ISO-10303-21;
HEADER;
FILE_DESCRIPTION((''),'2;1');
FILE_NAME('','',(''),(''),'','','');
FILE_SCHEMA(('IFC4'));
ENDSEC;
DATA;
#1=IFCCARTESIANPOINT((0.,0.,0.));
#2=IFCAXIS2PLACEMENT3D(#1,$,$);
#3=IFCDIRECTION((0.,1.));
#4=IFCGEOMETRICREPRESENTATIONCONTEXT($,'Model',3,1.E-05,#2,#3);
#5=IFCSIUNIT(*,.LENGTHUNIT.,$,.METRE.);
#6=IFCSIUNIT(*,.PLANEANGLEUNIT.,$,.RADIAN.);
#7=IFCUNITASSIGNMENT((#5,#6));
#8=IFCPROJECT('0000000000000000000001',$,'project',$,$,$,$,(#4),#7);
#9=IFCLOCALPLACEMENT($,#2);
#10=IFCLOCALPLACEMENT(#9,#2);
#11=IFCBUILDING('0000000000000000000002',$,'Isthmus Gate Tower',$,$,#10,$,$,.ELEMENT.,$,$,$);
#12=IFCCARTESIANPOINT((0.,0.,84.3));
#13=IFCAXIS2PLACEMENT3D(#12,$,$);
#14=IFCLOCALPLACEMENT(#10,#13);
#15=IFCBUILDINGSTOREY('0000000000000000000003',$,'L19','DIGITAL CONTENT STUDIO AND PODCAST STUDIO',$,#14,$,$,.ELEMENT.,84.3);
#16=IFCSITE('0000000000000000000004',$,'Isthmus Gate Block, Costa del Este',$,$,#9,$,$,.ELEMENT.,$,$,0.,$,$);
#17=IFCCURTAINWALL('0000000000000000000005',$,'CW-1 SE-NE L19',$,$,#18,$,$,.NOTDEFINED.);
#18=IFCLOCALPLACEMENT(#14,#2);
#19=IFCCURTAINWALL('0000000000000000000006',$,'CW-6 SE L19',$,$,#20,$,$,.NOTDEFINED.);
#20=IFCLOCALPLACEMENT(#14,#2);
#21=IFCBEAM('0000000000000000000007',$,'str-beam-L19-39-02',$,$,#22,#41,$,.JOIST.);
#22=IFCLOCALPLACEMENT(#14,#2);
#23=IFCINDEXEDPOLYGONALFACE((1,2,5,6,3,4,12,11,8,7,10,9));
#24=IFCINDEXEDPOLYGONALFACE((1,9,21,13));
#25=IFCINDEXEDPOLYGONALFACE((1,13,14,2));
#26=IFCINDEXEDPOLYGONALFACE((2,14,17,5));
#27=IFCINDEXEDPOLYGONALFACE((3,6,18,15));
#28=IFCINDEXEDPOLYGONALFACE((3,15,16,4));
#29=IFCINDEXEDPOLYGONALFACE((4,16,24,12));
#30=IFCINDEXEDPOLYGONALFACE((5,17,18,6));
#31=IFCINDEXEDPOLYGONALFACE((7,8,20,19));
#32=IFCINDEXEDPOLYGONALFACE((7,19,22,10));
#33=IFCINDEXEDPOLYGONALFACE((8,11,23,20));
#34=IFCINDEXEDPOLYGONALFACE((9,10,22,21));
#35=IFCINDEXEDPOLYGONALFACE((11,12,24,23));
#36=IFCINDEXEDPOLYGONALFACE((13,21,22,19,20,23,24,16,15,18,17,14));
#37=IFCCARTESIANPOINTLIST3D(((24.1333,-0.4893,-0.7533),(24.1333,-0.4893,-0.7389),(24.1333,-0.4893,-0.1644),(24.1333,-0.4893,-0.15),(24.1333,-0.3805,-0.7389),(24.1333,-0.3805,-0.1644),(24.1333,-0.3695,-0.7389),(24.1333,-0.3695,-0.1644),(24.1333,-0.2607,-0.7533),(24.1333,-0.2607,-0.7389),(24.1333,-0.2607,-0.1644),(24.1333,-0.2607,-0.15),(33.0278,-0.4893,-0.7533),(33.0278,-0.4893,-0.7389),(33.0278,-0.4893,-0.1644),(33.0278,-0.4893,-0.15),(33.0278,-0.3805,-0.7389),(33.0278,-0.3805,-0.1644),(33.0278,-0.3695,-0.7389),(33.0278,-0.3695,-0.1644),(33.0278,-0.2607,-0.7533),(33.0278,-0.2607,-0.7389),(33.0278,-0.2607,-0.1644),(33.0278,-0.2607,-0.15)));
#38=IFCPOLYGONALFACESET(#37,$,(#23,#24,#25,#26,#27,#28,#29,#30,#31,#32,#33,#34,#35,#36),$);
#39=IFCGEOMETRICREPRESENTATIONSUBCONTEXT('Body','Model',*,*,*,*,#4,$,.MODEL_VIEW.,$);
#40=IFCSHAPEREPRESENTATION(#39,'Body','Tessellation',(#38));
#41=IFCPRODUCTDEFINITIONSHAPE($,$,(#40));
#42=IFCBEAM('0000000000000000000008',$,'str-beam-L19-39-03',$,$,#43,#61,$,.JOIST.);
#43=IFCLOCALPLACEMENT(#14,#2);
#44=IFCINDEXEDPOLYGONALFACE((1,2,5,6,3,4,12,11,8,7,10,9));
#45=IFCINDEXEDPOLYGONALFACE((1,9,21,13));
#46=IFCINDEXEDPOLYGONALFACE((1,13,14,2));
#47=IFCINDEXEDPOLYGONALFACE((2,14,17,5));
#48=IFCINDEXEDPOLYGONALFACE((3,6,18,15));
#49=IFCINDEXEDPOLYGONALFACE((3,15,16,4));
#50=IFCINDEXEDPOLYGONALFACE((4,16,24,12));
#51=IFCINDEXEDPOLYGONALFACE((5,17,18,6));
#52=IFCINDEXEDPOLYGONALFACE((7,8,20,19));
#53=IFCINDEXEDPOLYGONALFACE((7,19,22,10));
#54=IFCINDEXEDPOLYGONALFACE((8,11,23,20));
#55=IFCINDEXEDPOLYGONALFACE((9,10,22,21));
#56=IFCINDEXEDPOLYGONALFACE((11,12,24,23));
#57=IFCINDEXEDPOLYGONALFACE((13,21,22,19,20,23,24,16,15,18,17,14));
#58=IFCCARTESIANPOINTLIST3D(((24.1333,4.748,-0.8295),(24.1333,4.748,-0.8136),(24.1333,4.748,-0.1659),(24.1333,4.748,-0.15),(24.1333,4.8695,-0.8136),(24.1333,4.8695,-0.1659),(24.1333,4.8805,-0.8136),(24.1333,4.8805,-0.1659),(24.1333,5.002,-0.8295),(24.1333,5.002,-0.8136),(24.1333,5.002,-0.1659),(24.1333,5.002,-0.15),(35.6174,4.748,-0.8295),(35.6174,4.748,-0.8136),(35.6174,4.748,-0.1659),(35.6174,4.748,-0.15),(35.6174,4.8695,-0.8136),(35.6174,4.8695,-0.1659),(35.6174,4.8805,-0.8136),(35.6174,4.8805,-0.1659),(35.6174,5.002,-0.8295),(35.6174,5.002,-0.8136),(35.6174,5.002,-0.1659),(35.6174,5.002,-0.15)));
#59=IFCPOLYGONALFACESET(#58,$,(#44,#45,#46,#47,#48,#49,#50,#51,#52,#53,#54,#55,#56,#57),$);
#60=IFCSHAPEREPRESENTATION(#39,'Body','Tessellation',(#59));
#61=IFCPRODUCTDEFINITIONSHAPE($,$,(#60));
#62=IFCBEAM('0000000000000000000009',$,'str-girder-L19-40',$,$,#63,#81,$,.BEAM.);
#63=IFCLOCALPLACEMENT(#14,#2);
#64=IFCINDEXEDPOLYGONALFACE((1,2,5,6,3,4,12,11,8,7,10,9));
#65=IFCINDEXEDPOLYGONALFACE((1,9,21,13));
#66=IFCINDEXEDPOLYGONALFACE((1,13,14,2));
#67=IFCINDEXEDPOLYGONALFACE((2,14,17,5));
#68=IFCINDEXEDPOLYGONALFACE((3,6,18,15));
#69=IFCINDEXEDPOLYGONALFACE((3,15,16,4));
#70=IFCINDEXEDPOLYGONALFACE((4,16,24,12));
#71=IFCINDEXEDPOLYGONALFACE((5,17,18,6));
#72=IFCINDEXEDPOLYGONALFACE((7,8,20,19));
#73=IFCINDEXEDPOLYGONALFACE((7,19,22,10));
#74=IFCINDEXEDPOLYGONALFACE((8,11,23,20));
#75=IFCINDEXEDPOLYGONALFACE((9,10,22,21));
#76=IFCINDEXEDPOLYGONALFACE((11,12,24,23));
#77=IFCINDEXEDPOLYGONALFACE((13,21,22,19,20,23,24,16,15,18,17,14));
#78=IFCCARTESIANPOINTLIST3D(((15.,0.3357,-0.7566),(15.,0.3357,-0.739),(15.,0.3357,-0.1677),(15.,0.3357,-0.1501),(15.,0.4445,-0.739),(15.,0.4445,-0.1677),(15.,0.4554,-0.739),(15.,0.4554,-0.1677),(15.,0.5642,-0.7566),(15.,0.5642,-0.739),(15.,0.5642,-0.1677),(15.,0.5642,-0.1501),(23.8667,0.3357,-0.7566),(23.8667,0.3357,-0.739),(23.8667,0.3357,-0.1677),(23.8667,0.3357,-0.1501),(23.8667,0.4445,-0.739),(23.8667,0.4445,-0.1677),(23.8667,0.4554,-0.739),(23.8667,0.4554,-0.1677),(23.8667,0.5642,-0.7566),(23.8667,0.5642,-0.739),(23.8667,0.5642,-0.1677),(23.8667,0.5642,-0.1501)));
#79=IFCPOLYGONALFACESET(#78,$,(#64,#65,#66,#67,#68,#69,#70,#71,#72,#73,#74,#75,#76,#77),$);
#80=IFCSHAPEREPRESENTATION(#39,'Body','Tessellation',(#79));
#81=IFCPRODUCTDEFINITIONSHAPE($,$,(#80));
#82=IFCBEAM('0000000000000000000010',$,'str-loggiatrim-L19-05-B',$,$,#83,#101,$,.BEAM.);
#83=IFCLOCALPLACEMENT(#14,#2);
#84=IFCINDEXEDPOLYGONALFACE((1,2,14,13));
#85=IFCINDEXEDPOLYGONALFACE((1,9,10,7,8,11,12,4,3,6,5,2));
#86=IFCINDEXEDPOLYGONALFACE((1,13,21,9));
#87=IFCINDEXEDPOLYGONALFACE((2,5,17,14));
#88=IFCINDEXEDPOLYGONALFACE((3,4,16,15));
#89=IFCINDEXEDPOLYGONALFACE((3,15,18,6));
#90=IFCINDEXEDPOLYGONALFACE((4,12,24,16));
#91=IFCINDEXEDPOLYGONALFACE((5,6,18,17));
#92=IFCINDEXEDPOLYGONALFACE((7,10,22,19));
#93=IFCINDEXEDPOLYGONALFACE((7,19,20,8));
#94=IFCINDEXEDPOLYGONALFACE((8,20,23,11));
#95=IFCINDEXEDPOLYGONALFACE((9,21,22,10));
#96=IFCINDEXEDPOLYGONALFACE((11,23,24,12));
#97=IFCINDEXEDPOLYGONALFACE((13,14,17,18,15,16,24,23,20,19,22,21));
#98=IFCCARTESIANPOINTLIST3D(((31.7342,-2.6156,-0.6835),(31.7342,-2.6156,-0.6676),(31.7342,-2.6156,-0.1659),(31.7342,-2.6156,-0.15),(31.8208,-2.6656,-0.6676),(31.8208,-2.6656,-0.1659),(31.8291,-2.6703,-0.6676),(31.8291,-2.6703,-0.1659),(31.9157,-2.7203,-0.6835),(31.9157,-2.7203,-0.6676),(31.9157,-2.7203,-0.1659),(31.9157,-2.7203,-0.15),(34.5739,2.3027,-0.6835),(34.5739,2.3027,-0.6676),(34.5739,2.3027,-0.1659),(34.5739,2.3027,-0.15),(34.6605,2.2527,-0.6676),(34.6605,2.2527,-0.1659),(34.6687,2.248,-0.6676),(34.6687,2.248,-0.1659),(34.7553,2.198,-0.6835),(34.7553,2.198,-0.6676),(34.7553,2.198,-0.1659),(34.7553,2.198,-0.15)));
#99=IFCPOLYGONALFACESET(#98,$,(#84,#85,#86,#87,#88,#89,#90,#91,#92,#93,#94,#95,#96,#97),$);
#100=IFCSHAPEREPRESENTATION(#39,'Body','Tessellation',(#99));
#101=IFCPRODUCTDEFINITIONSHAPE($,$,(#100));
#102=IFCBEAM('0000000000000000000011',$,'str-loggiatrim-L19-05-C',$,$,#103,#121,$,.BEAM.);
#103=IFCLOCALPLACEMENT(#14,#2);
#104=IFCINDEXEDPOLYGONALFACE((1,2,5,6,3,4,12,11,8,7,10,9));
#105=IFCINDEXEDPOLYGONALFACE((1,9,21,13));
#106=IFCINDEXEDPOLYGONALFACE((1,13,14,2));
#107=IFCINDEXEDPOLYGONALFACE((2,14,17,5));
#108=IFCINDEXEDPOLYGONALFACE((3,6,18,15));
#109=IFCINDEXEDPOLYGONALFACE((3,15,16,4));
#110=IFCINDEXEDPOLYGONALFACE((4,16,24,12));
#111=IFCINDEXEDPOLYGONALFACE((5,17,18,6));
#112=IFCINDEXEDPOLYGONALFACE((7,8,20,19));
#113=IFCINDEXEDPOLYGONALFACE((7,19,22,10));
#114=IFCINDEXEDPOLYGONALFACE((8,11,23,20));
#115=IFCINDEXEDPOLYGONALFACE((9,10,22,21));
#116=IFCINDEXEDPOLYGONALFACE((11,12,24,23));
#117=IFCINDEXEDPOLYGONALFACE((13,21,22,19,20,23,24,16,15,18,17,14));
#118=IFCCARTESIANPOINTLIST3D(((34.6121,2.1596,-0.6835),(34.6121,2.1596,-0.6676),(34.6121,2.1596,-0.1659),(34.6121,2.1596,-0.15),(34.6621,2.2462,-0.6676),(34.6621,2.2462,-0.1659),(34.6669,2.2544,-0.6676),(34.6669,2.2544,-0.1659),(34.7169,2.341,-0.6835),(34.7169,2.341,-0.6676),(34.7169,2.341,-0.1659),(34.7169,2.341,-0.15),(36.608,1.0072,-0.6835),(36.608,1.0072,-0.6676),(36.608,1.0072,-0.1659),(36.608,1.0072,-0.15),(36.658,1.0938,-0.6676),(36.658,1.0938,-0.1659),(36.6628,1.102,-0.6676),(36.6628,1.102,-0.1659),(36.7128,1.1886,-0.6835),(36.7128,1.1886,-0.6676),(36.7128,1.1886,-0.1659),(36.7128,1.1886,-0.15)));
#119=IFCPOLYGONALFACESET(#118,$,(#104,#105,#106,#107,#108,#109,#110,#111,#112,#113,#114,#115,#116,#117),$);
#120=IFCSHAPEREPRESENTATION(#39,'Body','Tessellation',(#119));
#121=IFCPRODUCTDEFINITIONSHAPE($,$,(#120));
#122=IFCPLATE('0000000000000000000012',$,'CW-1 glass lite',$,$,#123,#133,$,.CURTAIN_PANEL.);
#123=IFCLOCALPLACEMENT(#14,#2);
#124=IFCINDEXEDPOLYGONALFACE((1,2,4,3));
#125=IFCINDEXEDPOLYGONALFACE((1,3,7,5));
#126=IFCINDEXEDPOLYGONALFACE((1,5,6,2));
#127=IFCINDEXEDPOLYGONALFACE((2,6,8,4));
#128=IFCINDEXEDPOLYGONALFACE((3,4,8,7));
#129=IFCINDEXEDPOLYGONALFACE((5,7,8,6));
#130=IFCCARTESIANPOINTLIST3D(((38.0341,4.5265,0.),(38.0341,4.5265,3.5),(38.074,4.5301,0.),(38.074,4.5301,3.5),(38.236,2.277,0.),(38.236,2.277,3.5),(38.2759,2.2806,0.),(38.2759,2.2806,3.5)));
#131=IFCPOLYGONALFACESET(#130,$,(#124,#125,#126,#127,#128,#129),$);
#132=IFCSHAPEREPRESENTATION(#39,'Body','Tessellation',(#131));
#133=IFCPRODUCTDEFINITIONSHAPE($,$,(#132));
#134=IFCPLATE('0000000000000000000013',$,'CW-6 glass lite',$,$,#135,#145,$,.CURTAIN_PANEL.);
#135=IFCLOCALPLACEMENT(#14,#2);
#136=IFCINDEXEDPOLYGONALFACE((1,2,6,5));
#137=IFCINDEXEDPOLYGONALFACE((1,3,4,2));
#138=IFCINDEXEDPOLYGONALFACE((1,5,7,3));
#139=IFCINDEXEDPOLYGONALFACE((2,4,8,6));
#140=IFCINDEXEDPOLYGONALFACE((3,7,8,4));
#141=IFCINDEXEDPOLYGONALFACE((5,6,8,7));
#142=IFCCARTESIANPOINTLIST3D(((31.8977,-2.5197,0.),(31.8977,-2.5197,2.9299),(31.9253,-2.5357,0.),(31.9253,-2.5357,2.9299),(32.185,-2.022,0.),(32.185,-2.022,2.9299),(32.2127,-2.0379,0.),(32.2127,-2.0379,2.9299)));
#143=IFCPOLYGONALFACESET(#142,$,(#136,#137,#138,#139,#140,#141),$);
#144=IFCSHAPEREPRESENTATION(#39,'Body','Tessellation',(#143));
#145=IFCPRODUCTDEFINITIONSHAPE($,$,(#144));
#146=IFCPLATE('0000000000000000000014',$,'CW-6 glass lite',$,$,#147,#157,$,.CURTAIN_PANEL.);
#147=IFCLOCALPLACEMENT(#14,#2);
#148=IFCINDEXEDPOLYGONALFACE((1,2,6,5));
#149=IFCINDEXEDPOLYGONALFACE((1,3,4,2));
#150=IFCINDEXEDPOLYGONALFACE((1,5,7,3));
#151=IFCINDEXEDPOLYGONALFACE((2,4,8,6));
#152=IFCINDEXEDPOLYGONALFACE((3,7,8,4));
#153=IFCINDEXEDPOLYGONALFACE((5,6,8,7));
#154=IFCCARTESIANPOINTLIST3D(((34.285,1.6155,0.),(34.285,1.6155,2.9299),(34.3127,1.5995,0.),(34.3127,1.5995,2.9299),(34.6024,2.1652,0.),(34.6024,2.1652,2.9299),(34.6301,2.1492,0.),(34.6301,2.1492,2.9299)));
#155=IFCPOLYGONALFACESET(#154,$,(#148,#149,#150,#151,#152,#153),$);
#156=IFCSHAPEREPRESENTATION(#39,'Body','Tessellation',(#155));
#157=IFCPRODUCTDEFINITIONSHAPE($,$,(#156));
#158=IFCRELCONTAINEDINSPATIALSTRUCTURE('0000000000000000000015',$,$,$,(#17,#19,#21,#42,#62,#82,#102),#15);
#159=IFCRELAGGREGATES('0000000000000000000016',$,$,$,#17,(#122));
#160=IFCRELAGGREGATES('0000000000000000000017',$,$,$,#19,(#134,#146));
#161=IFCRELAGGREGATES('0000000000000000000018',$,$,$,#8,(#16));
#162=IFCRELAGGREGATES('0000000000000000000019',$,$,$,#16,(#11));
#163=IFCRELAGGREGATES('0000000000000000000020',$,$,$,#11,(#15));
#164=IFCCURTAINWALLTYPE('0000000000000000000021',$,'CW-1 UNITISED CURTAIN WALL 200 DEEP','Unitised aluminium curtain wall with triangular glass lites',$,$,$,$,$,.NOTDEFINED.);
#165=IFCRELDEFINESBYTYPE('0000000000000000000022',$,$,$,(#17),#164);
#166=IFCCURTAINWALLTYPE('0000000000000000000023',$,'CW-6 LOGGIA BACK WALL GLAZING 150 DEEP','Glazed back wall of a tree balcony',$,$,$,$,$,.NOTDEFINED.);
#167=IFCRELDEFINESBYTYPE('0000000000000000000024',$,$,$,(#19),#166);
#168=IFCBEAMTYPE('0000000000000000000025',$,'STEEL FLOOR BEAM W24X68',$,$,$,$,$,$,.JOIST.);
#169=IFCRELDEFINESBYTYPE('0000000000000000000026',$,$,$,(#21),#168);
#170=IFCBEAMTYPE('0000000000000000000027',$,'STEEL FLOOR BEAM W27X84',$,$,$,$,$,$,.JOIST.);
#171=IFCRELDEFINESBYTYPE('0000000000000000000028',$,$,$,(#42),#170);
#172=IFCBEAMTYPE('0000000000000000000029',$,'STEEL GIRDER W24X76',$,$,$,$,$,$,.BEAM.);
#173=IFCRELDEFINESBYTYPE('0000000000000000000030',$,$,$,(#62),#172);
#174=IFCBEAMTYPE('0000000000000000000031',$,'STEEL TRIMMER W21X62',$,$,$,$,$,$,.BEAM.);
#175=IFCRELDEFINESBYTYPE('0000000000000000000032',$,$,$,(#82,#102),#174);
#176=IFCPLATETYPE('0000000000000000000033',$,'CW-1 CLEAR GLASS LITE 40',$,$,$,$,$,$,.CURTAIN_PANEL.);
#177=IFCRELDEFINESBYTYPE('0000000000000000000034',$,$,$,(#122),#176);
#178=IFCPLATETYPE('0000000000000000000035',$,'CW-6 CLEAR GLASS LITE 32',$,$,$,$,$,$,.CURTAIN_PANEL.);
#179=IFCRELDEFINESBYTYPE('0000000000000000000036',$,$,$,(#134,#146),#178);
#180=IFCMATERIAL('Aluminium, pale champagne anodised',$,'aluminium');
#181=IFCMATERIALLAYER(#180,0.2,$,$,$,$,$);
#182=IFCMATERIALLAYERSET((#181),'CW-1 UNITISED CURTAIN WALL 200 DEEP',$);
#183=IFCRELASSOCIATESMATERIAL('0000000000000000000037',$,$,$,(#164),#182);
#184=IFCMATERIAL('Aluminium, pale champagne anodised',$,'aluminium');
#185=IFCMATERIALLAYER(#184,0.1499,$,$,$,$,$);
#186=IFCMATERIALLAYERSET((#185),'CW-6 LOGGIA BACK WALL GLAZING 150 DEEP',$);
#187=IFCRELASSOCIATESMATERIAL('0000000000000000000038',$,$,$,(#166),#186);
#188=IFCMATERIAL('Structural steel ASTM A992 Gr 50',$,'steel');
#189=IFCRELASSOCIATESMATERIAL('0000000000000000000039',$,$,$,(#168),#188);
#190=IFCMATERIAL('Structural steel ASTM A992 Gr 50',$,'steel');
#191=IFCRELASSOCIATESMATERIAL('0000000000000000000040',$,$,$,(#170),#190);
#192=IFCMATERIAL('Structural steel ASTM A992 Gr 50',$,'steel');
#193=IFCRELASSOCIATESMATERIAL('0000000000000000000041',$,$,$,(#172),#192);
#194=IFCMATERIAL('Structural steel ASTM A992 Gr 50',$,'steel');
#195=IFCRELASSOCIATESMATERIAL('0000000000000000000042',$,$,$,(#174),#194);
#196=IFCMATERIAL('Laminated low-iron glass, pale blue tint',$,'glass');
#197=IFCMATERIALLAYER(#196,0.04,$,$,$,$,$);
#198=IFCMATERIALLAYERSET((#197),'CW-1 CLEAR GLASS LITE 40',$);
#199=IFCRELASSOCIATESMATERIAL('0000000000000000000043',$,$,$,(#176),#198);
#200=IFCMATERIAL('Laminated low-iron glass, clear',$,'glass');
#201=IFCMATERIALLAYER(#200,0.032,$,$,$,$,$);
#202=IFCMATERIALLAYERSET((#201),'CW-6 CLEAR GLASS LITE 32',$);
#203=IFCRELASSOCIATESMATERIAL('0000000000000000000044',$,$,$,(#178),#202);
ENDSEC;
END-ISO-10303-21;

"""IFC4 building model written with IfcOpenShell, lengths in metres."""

from ifc_helpers import new_model, si_unit, direction, frame, origin, origin_2d, place, context, subcontext, project, spatial, rectangle, i_section, extrude, material, layer, layer_set, material_profile, profile_set, type_object, element, aggregate, save


model = new_model("IFC4")

# Units and contexts
model_context = context("Model", 3, precision=1e-05, world=origin(), true_north=direction((0.0, 1.0)))
body_context = subcontext(model_context, "Body", "Model", "MODEL_VIEW")
ifc_project = project(units=[si_unit("LENGTHUNIT", "METRE"), si_unit("PLANEANGLEUNIT", "RADIAN")], contexts=[model_context])

# Site, building, storey
site_placement = place(None, origin())
site = spatial("IfcSite", under=ifc_project, at=site_placement, Name="Isthmus Gate Block, Costa del Este", CompositionType="ELEMENT", RefElevation=0.0)
building_placement = place(site_placement, origin())
building = spatial("IfcBuilding", under=site, at=building_placement, Name="Isthmus Gate Tower", CompositionType="ELEMENT")
storey_placement = place(building_placement, frame((0.0, 0.0, 84.3)))
storey = spatial("IfcBuildingStorey", under=building, at=storey_placement, Name="L19", Description="DIGITAL CONTENT STUDIO AND PODCAST STUDIO", CompositionType="ELEMENT", Elevation=84.3)

# Curtain walls
ifc_material_1 = material(Name="Aluminium, pale champagne anodised", Category="aluminium")
ifc_layer_1 = layer(ifc_material_1, 0.2)
ifc_layer_set_1 = layer_set([ifc_layer_1], Name="CW-1 UNITISED CURTAIN WALL 200 DEEP")
curtain_wall_type_1 = type_object("IfcCurtainWallType", Name="CW-1 UNITISED CURTAIN WALL 200 DEEP", Description="Unitised aluminium curtain wall with triangular glass lites", PredefinedType="NOTDEFINED", material=ifc_layer_set_1)
curtain_wall_1_placement = place(storey_placement, origin())
curtain_wall_1 = element("IfcCurtainWall", 1, at=curtain_wall_1_placement, inside=storey, type_object=curtain_wall_type_1, Name="CW-1 SE-NE L19", PredefinedType="NOTDEFINED")
ifc_material_2 = material(Name="Aluminium, pale champagne anodised", Category="aluminium")
ifc_layer_2 = layer(ifc_material_2, 0.1499)
ifc_layer_set_2 = layer_set([ifc_layer_2], Name="CW-6 LOGGIA BACK WALL GLAZING 150 DEEP")
curtain_wall_type_2 = type_object("IfcCurtainWallType", Name="CW-6 LOGGIA BACK WALL GLAZING 150 DEEP", Description="Glazed back wall of a tree balcony", PredefinedType="NOTDEFINED", material=ifc_layer_set_2)
curtain_wall_2_placement = place(storey_placement, origin())
curtain_wall_2 = element("IfcCurtainWall", 2, at=curtain_wall_2_placement, inside=storey, type_object=curtain_wall_type_2, Name="CW-6 SE L19", PredefinedType="NOTDEFINED")

# Beams
ifc_material_3 = material(Name="Structural steel ASTM A992 Gr 50", Category="steel")
ifc_material_profile_1 = material_profile(ifc_material_3, i_section(OverallWidth=0.2285, OverallDepth=0.6033, WebThickness=0.011, FlangeThickness=0.0144, at=origin_2d()), Name="W24X68")
ifc_profile_set_1 = profile_set([ifc_material_profile_1], Name="Structural steel ASTM A992 Gr 50")
beam_type_1 = type_object("IfcBeamType", Name="STEEL FLOOR BEAM W24X68", PredefinedType="JOIST", material=ifc_profile_set_1)
beam_1_placement = place(storey_placement, frame((24.1333, -0.375, -0.4517), z_axis=(1.0, 0.0, 0.0), x_axis=(0.0, 1.0, 0.0)))
element("IfcBeam", 3, at=beam_1_placement, inside=storey, type_object=beam_type_1, Name="str-beam-L19-39-02", PredefinedType="JOIST", context=body_context, shape_type="SweptSolid", body=[
    extrude(i_section(OverallWidth=0.2285, OverallDepth=0.6033, WebThickness=0.011, FlangeThickness=0.0144, at=origin_2d()), origin(), (0.0, 0.0, 1.0), 8.8945),
])
ifc_material_4 = material(Name="Structural steel ASTM A992 Gr 50", Category="steel")
ifc_material_profile_2 = material_profile(ifc_material_4, i_section(OverallWidth=0.2539, OverallDepth=0.6794, WebThickness=0.011, FlangeThickness=0.0159, at=origin_2d()), Name="W27X84")
ifc_profile_set_2 = profile_set([ifc_material_profile_2], Name="Structural steel ASTM A992 Gr 50")
beam_type_2 = type_object("IfcBeamType", Name="STEEL FLOOR BEAM W27X84", PredefinedType="JOIST", material=ifc_profile_set_2)
beam_2_placement = place(storey_placement, frame((24.1333, 4.875, -0.4897), z_axis=(1.0, 0.0, 0.0), x_axis=(0.0, 1.0, 0.0)))
element("IfcBeam", 4, at=beam_2_placement, inside=storey, type_object=beam_type_2, Name="str-beam-L19-39-03", PredefinedType="JOIST", context=body_context, shape_type="SweptSolid", body=[
    extrude(i_section(OverallWidth=0.2539, OverallDepth=0.6794, WebThickness=0.011, FlangeThickness=0.0159, at=origin_2d()), origin(), (0.0, 0.0, 1.0), 11.4841),
])
ifc_material_5 = material(Name="Structural steel ASTM A992 Gr 50", Category="steel")
ifc_material_profile_3 = material_profile(ifc_material_5, i_section(OverallWidth=0.2285, OverallDepth=0.6064, WebThickness=0.011, FlangeThickness=0.0176, at=origin_2d()), Name="W24X76")
ifc_profile_set_3 = profile_set([ifc_material_profile_3], Name="Structural steel ASTM A992 Gr 50")
beam_type_3 = type_object("IfcBeamType", Name="STEEL GIRDER W24X76", PredefinedType="BEAM", material=ifc_profile_set_3)
beam_3_placement = place(storey_placement, frame((15.0, 0.45, -0.4534), z_axis=(1.0, 0.0, 0.0), x_axis=(0.0, 1.0, 0.0)))
element("IfcBeam", 5, at=beam_3_placement, inside=storey, type_object=beam_type_3, Name="str-girder-L19-40", PredefinedType="BEAM", context=body_context, shape_type="SweptSolid", body=[
    extrude(i_section(OverallWidth=0.2285, OverallDepth=0.6064, WebThickness=0.011, FlangeThickness=0.0176, at=origin_2d()), origin(), (0.0, 0.0, 1.0), 8.8667),
])
ifc_material_6 = material(Name="Structural steel ASTM A992 Gr 50", Category="steel")
ifc_material_profile_4 = material_profile(ifc_material_6, i_section(OverallWidth=0.2095, OverallDepth=0.5334, WebThickness=0.0095, FlangeThickness=0.0159, at=origin_2d()), Name="W21X62")
ifc_profile_set_4 = profile_set([ifc_material_profile_4], Name="Structural steel ASTM A992 Gr 50")
beam_type_4 = type_object("IfcBeamType", Name="STEEL TRIMMER W21X62", PredefinedType="BEAM", material=ifc_profile_set_4)
beam_4_placement = place(storey_placement, frame((31.825, -2.668, -0.4167), z_axis=(0.500009, 0.86602, 0.0), x_axis=(-0.86602, 0.500009, 0.0)))
element("IfcBeam", 6, at=beam_4_placement, inside=storey, type_object=beam_type_4, Name="str-loggiatrim-L19-05-B", PredefinedType="BEAM", context=body_context, shape_type="SweptSolid", body=[
    extrude(i_section(OverallWidth=0.2095, OverallDepth=0.5334, WebThickness=0.0095, FlangeThickness=0.0159, at=origin_2d()), origin(), (0.0, 0.0, 1.0), 5.6792),
])
beam_5_placement = place(storey_placement, frame((36.6604, 1.0979, -0.4167), z_axis=(-0.866018, 0.500013, 0.0), x_axis=(-0.500013, -0.866018, 0.0)))
element("IfcBeam", 7, at=beam_5_placement, inside=storey, type_object=beam_type_4, Name="str-loggiatrim-L19-05-C", PredefinedType="BEAM", context=body_context, shape_type="SweptSolid", body=[
    extrude(i_section(OverallWidth=0.2095, OverallDepth=0.5334, WebThickness=0.0095, FlangeThickness=0.0159, at=origin_2d()), origin(), (0.0, 0.0, 1.0), 2.3047),
])

# Plates
ifc_material_7 = material(Name="Laminated low-iron glass, pale blue tint", Category="glass")
ifc_layer_3 = layer(ifc_material_7, 0.04)
ifc_layer_set_3 = layer_set([ifc_layer_3], Name="CW-1 CLEAR GLASS LITE 40")
plate_type_1 = type_object("IfcPlateType", Name="CW-1 CLEAR GLASS LITE 40", PredefinedType="CURTAIN_PANEL", material=ifc_layer_set_3)
plate_1_placement = place(storey_placement, frame((38.155, 3.4036, 0.0), z_axis=(0.0, 0.0, 1.0), x_axis=(-0.089397, 0.995996, 0.0)))
plate_1 = element("IfcPlate", 8, at=plate_1_placement, type_object=plate_type_1, Name="CW-1 glass lite", PredefinedType="CURTAIN_PANEL", context=body_context, shape_type="SweptSolid", body=[
    extrude(rectangle(XDim=2.2585, YDim=0.04, at=origin_2d()), origin(), (0.0, 0.0, 1.0), 3.5),
])
aggregate(curtain_wall_1, [plate_1])
ifc_material_8 = material(Name="Laminated low-iron glass, clear", Category="glass")
ifc_layer_4 = layer(ifc_material_8, 0.032)
ifc_layer_set_4 = layer_set([ifc_layer_4], Name="CW-6 CLEAR GLASS LITE 32")
plate_type_2 = type_object("IfcPlateType", Name="CW-6 CLEAR GLASS LITE 32", PredefinedType="CURTAIN_PANEL", material=ifc_layer_set_4)
plate_2_placement = place(storey_placement, frame((32.0552, -2.2788, 0.0), z_axis=(0.0, 0.0, 1.0), x_axis=(0.5, 0.866025, 0.0)))
plate_2 = element("IfcPlate", 9, at=plate_2_placement, type_object=plate_type_2, Name="CW-6 glass lite", PredefinedType="CURTAIN_PANEL", context=body_context, shape_type="SweptSolid", body=[
    extrude(rectangle(XDim=0.5747, YDim=0.032, at=origin_2d()), origin(), (0.0, 0.0, 1.0), 2.9299),
])
plate_3_placement = place(storey_placement, frame((34.4575, 1.8823, 0.0), z_axis=(0.0, 0.0, 1.0), x_axis=(0.5, 0.866025, 0.0)))
plate_3 = element("IfcPlate", 10, at=plate_3_placement, type_object=plate_type_2, Name="CW-6 glass lite", PredefinedType="CURTAIN_PANEL", context=body_context, shape_type="SweptSolid", body=[
    extrude(rectangle(XDim=0.6348, YDim=0.032, at=origin_2d()), origin(), (0.0, 0.0, 1.0), 2.9299),
])
aggregate(curtain_wall_2, [plate_2, plate_3])

save(model, "model.ifc")
